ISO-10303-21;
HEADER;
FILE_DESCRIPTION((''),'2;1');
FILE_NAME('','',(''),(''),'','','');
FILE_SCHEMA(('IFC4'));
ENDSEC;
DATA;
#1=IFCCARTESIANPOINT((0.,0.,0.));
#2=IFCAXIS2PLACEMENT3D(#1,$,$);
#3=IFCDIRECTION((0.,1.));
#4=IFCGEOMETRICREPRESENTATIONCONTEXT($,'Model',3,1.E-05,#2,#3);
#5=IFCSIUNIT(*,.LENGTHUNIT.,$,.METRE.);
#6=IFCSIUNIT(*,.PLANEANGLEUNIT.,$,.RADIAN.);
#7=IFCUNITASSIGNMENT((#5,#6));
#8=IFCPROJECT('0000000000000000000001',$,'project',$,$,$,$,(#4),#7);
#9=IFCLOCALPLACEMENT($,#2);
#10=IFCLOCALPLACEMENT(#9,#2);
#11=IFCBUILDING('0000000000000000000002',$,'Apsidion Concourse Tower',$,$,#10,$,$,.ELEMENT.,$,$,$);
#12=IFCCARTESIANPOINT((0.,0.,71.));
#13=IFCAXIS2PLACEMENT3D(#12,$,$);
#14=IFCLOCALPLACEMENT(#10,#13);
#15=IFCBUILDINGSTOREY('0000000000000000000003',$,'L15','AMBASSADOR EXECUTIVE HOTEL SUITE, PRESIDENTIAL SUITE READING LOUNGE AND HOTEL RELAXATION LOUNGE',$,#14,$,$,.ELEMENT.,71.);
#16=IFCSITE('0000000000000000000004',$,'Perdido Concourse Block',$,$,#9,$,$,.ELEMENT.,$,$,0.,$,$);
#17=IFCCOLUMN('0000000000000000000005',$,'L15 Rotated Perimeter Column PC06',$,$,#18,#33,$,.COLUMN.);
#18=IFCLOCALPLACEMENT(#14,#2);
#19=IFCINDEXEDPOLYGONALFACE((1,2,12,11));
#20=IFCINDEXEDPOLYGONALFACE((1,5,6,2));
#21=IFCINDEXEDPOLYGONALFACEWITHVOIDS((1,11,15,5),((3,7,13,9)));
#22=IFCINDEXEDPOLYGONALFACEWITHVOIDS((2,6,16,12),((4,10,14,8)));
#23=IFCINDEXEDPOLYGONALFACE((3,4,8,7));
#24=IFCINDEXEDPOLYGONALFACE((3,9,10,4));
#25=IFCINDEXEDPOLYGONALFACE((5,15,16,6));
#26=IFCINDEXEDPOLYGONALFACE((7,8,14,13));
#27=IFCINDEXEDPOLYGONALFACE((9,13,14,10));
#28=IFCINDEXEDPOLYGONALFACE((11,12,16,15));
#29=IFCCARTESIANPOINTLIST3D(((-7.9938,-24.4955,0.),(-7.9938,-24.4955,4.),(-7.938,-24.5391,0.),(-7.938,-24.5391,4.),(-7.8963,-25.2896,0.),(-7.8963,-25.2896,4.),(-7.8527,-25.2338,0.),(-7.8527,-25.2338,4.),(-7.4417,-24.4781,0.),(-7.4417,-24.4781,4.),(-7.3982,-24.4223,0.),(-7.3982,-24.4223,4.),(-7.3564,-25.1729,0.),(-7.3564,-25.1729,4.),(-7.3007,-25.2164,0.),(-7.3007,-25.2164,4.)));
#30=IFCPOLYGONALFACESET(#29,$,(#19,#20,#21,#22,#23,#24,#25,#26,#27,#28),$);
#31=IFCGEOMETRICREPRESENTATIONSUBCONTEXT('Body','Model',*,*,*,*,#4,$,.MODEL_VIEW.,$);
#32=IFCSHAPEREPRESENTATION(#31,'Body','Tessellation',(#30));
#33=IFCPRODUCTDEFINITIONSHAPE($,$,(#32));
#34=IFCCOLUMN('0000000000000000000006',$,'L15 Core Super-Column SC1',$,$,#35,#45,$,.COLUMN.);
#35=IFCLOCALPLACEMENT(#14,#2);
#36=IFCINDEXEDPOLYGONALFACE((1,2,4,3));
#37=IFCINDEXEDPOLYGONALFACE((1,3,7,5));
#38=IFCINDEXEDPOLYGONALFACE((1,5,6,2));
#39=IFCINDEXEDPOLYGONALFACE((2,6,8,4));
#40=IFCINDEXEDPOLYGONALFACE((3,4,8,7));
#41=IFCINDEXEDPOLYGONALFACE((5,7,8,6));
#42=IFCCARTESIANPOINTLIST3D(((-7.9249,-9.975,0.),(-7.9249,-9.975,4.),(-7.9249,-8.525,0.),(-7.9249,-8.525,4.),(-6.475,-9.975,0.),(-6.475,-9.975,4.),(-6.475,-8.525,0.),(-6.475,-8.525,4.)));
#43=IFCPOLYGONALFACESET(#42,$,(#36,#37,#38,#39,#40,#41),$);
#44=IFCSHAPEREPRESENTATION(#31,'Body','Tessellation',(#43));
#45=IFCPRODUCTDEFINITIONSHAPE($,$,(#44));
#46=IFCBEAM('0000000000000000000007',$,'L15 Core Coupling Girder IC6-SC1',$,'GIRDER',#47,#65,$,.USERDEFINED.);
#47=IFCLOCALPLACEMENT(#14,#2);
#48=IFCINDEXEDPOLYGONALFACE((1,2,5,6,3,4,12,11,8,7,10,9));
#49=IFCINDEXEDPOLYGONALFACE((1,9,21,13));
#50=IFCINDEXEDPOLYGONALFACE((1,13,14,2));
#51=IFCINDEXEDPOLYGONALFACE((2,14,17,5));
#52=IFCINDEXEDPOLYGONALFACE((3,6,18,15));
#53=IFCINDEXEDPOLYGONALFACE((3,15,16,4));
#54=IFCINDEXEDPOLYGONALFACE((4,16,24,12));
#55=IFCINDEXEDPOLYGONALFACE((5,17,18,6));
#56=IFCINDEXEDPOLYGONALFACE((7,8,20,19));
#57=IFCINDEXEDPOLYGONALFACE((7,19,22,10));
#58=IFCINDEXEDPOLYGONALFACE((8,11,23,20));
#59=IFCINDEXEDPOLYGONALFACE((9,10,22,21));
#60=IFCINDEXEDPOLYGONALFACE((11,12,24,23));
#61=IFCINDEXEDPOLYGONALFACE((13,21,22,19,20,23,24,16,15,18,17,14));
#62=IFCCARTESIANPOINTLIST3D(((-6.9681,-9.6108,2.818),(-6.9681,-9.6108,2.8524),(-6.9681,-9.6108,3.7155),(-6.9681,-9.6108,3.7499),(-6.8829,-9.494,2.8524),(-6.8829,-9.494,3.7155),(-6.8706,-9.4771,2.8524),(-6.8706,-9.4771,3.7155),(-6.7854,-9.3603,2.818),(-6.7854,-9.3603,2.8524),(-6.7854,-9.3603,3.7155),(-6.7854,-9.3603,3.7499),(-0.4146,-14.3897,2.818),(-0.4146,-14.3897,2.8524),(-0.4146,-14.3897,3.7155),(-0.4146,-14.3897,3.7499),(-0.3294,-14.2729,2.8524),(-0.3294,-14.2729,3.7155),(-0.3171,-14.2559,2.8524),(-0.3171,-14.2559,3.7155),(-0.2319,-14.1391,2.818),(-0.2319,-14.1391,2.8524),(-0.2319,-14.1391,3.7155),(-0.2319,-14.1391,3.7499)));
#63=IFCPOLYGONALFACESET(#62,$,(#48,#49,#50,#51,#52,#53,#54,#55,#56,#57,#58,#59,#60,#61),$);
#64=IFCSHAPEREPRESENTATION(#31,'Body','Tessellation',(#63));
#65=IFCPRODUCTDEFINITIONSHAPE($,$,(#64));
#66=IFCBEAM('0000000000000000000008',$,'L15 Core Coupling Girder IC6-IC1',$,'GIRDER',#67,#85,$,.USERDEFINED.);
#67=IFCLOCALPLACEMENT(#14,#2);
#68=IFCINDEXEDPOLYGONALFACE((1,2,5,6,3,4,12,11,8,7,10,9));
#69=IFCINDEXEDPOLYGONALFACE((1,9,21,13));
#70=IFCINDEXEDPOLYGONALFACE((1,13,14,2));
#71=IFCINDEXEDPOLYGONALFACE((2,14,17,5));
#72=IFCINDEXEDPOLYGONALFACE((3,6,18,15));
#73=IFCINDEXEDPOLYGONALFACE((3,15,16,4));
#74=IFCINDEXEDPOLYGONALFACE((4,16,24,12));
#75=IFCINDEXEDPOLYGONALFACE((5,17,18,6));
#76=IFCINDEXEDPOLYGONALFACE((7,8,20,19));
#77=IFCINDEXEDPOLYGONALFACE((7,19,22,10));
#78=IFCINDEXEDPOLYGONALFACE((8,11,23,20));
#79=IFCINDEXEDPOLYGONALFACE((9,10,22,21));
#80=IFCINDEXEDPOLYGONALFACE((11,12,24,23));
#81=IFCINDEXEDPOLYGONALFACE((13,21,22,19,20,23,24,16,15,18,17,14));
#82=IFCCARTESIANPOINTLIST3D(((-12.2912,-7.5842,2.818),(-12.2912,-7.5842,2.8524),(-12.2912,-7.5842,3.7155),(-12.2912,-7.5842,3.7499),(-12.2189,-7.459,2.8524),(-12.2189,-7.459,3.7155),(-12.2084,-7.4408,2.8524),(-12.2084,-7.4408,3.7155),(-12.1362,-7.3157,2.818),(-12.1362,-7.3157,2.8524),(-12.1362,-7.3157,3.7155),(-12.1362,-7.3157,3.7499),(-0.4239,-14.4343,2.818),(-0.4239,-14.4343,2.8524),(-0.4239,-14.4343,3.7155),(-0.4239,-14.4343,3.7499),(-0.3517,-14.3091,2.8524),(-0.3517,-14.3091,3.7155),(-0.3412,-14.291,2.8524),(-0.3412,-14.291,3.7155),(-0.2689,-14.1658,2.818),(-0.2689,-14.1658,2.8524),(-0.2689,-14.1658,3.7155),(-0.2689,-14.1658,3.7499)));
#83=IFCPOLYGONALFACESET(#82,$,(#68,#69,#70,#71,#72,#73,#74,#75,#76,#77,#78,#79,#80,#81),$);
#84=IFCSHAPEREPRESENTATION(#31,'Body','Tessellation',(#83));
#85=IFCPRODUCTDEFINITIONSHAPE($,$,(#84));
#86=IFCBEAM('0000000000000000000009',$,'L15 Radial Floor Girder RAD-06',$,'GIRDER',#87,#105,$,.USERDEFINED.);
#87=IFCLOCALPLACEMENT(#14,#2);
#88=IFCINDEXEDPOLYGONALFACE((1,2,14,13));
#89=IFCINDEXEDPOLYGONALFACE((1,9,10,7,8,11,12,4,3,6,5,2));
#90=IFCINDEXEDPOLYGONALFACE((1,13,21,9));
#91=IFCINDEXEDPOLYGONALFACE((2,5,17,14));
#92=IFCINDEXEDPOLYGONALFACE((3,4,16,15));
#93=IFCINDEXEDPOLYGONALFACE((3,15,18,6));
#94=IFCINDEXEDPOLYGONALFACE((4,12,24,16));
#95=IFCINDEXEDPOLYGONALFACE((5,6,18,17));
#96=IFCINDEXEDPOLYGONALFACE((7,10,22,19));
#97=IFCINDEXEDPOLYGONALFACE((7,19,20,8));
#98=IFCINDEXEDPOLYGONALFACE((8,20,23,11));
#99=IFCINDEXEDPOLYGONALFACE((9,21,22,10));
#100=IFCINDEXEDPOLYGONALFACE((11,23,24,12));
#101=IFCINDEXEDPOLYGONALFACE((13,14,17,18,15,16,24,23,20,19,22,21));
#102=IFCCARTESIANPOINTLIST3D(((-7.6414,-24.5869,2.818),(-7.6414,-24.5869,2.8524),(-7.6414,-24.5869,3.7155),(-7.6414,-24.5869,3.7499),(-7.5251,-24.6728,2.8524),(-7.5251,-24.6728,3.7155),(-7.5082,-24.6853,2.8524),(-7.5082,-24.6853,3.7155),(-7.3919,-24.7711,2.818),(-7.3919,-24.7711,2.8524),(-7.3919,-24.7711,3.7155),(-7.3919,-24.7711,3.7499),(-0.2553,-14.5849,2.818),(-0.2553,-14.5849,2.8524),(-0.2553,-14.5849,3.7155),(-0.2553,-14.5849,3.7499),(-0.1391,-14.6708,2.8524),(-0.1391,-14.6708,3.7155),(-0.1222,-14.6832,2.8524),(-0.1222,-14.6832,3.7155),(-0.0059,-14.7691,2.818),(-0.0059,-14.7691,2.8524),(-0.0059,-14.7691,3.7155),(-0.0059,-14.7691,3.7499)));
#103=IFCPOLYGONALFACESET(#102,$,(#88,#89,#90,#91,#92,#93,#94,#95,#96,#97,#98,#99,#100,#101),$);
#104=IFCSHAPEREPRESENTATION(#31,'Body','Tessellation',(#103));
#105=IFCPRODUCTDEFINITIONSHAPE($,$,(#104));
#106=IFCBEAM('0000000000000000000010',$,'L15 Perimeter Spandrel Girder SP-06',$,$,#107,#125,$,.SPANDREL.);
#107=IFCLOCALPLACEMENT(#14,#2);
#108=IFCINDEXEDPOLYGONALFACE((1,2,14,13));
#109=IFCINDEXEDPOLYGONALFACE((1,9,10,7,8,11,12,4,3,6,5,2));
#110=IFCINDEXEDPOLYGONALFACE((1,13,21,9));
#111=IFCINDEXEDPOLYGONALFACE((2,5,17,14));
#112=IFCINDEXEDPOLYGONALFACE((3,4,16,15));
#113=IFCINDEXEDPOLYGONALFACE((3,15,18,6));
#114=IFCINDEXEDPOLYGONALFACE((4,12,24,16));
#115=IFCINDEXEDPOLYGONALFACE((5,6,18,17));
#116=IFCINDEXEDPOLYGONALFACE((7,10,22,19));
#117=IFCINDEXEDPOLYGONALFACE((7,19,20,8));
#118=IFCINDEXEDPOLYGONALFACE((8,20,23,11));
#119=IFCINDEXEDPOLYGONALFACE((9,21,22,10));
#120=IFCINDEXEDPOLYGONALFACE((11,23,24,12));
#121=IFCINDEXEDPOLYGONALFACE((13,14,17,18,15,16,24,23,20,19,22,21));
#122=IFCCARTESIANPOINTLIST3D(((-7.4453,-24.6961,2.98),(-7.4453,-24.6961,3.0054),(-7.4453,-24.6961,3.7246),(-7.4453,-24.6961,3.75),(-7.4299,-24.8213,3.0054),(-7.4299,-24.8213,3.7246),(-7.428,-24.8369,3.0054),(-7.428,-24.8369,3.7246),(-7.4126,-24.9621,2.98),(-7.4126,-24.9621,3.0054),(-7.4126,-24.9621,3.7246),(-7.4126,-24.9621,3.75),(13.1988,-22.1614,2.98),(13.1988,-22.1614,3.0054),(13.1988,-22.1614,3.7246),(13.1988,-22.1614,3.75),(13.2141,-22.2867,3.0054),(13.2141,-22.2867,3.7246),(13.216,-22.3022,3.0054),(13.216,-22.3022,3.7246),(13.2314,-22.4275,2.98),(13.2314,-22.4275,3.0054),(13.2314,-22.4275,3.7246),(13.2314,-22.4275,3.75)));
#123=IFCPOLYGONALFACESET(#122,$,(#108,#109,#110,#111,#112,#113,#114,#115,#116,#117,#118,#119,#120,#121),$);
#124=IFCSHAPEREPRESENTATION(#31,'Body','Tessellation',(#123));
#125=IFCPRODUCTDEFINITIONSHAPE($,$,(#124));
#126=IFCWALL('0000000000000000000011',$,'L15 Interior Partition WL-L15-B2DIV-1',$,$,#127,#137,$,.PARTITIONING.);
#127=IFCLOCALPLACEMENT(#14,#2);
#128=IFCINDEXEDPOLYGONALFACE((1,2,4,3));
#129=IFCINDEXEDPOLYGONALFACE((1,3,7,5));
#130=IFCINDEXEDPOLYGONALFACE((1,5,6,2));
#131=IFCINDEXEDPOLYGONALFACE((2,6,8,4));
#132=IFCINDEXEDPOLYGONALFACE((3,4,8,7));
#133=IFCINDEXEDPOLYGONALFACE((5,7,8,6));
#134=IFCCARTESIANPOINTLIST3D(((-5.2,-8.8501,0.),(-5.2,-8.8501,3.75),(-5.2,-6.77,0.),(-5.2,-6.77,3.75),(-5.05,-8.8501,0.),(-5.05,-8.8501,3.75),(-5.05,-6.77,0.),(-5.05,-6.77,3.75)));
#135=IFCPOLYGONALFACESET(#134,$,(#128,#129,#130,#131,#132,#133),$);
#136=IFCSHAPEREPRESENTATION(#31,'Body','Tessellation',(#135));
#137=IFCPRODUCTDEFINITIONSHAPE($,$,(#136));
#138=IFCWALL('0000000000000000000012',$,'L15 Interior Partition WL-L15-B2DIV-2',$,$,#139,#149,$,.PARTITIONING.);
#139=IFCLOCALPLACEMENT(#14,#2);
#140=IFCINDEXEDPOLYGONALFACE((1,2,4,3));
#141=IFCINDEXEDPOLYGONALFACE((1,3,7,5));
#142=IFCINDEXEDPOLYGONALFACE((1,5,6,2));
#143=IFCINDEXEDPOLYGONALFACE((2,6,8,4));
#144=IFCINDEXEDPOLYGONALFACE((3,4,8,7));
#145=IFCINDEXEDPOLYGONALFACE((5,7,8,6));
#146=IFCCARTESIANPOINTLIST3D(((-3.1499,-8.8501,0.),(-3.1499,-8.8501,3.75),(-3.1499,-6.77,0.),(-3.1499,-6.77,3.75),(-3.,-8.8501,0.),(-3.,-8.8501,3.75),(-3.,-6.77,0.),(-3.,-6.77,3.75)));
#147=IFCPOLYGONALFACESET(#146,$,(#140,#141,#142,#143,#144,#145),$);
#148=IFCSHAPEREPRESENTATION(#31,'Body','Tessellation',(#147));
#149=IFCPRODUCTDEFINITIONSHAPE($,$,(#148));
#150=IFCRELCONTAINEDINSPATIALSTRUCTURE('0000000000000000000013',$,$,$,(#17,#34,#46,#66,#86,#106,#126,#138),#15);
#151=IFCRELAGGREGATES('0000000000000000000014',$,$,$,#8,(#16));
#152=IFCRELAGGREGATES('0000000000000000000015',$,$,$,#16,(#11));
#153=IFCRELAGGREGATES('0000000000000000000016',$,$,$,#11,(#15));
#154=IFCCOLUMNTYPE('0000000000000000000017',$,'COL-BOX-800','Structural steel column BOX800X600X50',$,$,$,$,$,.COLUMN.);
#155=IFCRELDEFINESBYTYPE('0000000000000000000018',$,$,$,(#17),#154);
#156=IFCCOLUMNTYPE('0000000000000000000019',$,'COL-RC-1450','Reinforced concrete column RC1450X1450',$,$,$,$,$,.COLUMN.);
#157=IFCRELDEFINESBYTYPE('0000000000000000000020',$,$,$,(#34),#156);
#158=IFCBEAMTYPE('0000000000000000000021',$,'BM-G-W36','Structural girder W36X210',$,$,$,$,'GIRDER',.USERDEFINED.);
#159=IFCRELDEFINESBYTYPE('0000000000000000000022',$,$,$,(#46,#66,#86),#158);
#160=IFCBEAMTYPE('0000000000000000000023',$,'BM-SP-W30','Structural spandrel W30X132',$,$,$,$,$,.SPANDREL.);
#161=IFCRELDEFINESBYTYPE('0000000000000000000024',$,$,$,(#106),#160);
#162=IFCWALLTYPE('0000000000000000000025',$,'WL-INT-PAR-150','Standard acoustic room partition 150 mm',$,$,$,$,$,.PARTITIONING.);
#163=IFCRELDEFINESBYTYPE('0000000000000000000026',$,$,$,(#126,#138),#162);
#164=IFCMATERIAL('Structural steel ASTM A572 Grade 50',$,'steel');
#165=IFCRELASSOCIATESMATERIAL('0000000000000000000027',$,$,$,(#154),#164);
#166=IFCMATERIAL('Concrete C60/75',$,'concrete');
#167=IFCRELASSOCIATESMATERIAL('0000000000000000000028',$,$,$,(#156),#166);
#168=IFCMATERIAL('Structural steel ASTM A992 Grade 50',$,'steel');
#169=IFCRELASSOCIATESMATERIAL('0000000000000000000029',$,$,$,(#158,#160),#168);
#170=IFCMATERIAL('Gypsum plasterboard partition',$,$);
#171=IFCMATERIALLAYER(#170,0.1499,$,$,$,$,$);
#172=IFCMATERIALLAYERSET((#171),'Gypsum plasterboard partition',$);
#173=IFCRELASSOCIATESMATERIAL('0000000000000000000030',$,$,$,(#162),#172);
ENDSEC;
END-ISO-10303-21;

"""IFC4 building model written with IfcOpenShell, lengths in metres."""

from ifc_helpers import new_model, si_unit, direction, frame, frame_2d, origin, origin_2d, place, context, subcontext, project, spatial, rectangle, hollow_rectangle, i_section, extrude, material, layer, layer_set, material_profile, profile_set, type_object, element, save


model = new_model("IFC4")

# Units and contexts
model_context = context("Model", 3, precision=1e-05, world=origin(), true_north=direction((0.0, 1.0)))
body_context = subcontext(model_context, "Body", "Model", "MODEL_VIEW")
ifc_project = project(units=[si_unit("LENGTHUNIT", "METRE"), si_unit("PLANEANGLEUNIT", "RADIAN")], contexts=[model_context])

# Site, building, storey
site_placement = place(None, origin())
site = spatial("IfcSite", under=ifc_project, at=site_placement, Name="Perdido Concourse Block", CompositionType="ELEMENT", RefElevation=0.0)
building_placement = place(site_placement, origin())
building = spatial("IfcBuilding", under=site, at=building_placement, Name="Apsidion Concourse Tower", CompositionType="ELEMENT")
storey_placement = place(building_placement, frame((0.0, 0.0, 71.0)))
storey = spatial("IfcBuildingStorey", under=building, at=storey_placement, Name="L15", Description="AMBASSADOR EXECUTIVE HOTEL SUITE, PRESIDENTIAL SUITE READING LOUNGE AND HOTEL RELAXATION LOUNGE", CompositionType="ELEMENT", Elevation=71.0)

# Columns
ifc_material_1 = material(Name="Structural steel ASTM A572 Grade 50", Category="steel")
ifc_material_profile_1 = material_profile(ifc_material_1, hollow_rectangle(XDim=0.6001, YDim=0.8, WallThickness=0.05, at=origin_2d()), Name="BOX800X600X50")
ifc_profile_set_1 = profile_set([ifc_material_profile_1], Name="Structural steel ASTM A572 Grade 50")
column_type_1 = type_object("IfcColumnType", Name="COL-BOX-800", Description="Structural steel column BOX800X600X50", PredefinedType="COLUMN", material=ifc_profile_set_1)
column_1_placement = place(storey_placement, frame((-7.6472, -24.856, 0.0), z_axis=(0.0, 0.0, 1.0), x_axis=(0.992546, 0.121869, 0.0)))
element("IfcColumn", 1, at=column_1_placement, inside=storey, type_object=column_type_1, Name="L15 Rotated Perimeter Column PC06", PredefinedType="COLUMN", context=body_context, shape_type="SweptSolid", body=[
    extrude(hollow_rectangle(XDim=0.6001, YDim=0.8, WallThickness=0.05, at=origin_2d()), origin(), (0.0, 0.0, 1.0), 4.0),
])
ifc_material_2 = material(Name="Concrete C60/75", Category="concrete")
ifc_material_profile_2 = material_profile(ifc_material_2, rectangle(XDim=1.45, YDim=1.45, at=origin_2d()), Name="RC 1450x1450")
ifc_profile_set_2 = profile_set([ifc_material_profile_2], Name="Concrete C60/75")
column_type_2 = type_object("IfcColumnType", Name="COL-RC-1450", Description="Reinforced concrete column RC1450X1450", PredefinedType="COLUMN", material=ifc_profile_set_2)
column_2_placement = place(storey_placement, frame((-7.2, -9.25, 0.0), z_axis=(0.0, 0.0, 1.0), x_axis=(1.0, 0.0, 0.0)))
element("IfcColumn", 2, at=column_2_placement, inside=storey, type_object=column_type_2, Name="L15 Core Super-Column SC1", PredefinedType="COLUMN", context=body_context, shape_type="SweptSolid", body=[
    extrude(rectangle(XDim=1.45, YDim=1.45, at=origin_2d()), origin(), (0.0, 0.0, 1.0), 4.0),
])

# Beams
ifc_material_3 = material(Name="Structural steel ASTM A992 Grade 50", Category="steel")
ifc_material_profile_3 = material_profile(ifc_material_3, i_section(OverallWidth=0.3101, OverallDepth=0.9319, WebThickness=0.021, FlangeThickness=0.0344, at=origin_2d()), Name="W36X210")
ifc_profile_set_3 = profile_set([ifc_material_profile_3], Name="Structural steel ASTM A992 Grade 50")
beam_type_1 = type_object("IfcBeamType", Name="BM-G-W36", Description="Structural girder W36X210", ElementType="GIRDER", PredefinedType="USERDEFINED", material=ifc_profile_set_3)
beam_1_placement = place(storey_placement, frame((-0.3232, -14.2644, 3.2839), z_axis=(-0.807993, 0.589191, 0.0), x_axis=(-0.589191, -0.807993, 0.0)))
element("IfcBeam", 3, at=beam_1_placement, inside=storey, type_object=beam_type_1, Name="L15 Core Coupling Girder IC6-SC1", ObjectType="GIRDER", PredefinedType="USERDEFINED", context=body_context, shape_type="SweptSolid", body=[
    extrude(i_section(OverallWidth=0.3101, OverallDepth=0.9319, WebThickness=0.021, FlangeThickness=0.0344, at=origin_2d()), origin(), (0.0, 0.0, 1.0), 8.1108),
])
beam_2_placement = place(storey_placement, frame((-0.3464, -14.3, 3.2839), z_axis=(-0.86607, 0.499922, 0.0), x_axis=(-0.499922, -0.86607, 0.0)))
element("IfcBeam", 4, at=beam_2_placement, inside=storey, type_object=beam_type_1, Name="L15 Core Coupling Girder IC6-IC1", ObjectType="GIRDER", PredefinedType="USERDEFINED", context=body_context, shape_type="SweptSolid", body=[
    extrude(i_section(OverallWidth=0.3101, OverallDepth=0.9319, WebThickness=0.021, FlangeThickness=0.0344, at=origin_2d()), origin(), (0.0, 0.0, 1.0), 13.7024),
])
beam_3_placement = place(storey_placement, frame((-0.1306, -14.677, 3.2839), z_axis=(-0.594039, -0.804436, 0.0), x_axis=(0.804436, -0.594039, 0.0)))
element("IfcBeam", 5, at=beam_3_placement, inside=storey, type_object=beam_type_1, Name="L15 Radial Floor Girder RAD-06", ObjectType="GIRDER", PredefinedType="USERDEFINED", context=body_context, shape_type="SweptSolid", body=[
    extrude(i_section(OverallWidth=0.3101, OverallDepth=0.9319, WebThickness=0.021, FlangeThickness=0.0344, at=origin_2d()), origin(), (0.0, 0.0, 1.0), 12.4336),
])
ifc_material_profile_4 = material_profile(ifc_material_3, i_section(OverallWidth=0.2681, OverallDepth=0.77, WebThickness=0.0156, FlangeThickness=0.0254, at=origin_2d()), Name="W30X132")
ifc_profile_set_4 = profile_set([ifc_material_profile_4], Name="Structural steel ASTM A992 Grade 50")
beam_type_2 = type_object("IfcBeamType", Name="BM-SP-W30", Description="Structural spandrel W30X132", PredefinedType="SPANDREL", material=ifc_profile_set_4)
beam_4_placement = place(storey_placement, frame((-7.429, -24.8291, 3.365), z_axis=(0.992547, 0.121865, 0.0), x_axis=(-0.121865, 0.992547, 0.0)))
element("IfcBeam", 6, at=beam_4_placement, inside=storey, type_object=beam_type_2, Name="L15 Perimeter Spandrel Girder SP-06", PredefinedType="SPANDREL", context=body_context, shape_type="SweptSolid", body=[
    extrude(i_section(OverallWidth=0.2681, OverallDepth=0.77, WebThickness=0.0156, FlangeThickness=0.0254, at=origin_2d()), origin(), (0.0, 0.0, 1.0), 20.7991),
])

# Walls
ifc_material_4 = material(Name="Gypsum plasterboard partition")
ifc_layer_1 = layer(ifc_material_4, 0.1499)
ifc_layer_set_1 = layer_set([ifc_layer_1], Name="Gypsum plasterboard partition")
wall_type_1 = type_object("IfcWallType", Name="WL-INT-PAR-150", Description="Standard acoustic room partition 150 mm", PredefinedType="PARTITIONING", material=ifc_layer_set_1)
for number, where, z_axis, x_axis, name in (
    (7, (-5.125, -8.8501, 0.0), (0.0, 0.0, 1.0), (0.0, 1.0, 0.0), "L15 Interior Partition WL-L15-B2DIV-1"),
    (8, (-3.075, -8.8501, 0.0), (0.0, 0.0, 1.0), (0.0, 1.0, 0.0), "L15 Interior Partition WL-L15-B2DIV-2"),
):
    element("IfcWall", number, at=place(storey_placement, frame(where, z_axis=z_axis, x_axis=x_axis)), inside=storey, type_object=wall_type_1, Name=name, PredefinedType="PARTITIONING", context=body_context, shape_type="SweptSolid", body=[
        extrude(rectangle(XDim=2.0801, YDim=0.1499, at=frame_2d((1.04, 0.0))), origin(), (0.0, 0.0, 1.0), 3.75),
    ])

save(model, "model.ifc")
